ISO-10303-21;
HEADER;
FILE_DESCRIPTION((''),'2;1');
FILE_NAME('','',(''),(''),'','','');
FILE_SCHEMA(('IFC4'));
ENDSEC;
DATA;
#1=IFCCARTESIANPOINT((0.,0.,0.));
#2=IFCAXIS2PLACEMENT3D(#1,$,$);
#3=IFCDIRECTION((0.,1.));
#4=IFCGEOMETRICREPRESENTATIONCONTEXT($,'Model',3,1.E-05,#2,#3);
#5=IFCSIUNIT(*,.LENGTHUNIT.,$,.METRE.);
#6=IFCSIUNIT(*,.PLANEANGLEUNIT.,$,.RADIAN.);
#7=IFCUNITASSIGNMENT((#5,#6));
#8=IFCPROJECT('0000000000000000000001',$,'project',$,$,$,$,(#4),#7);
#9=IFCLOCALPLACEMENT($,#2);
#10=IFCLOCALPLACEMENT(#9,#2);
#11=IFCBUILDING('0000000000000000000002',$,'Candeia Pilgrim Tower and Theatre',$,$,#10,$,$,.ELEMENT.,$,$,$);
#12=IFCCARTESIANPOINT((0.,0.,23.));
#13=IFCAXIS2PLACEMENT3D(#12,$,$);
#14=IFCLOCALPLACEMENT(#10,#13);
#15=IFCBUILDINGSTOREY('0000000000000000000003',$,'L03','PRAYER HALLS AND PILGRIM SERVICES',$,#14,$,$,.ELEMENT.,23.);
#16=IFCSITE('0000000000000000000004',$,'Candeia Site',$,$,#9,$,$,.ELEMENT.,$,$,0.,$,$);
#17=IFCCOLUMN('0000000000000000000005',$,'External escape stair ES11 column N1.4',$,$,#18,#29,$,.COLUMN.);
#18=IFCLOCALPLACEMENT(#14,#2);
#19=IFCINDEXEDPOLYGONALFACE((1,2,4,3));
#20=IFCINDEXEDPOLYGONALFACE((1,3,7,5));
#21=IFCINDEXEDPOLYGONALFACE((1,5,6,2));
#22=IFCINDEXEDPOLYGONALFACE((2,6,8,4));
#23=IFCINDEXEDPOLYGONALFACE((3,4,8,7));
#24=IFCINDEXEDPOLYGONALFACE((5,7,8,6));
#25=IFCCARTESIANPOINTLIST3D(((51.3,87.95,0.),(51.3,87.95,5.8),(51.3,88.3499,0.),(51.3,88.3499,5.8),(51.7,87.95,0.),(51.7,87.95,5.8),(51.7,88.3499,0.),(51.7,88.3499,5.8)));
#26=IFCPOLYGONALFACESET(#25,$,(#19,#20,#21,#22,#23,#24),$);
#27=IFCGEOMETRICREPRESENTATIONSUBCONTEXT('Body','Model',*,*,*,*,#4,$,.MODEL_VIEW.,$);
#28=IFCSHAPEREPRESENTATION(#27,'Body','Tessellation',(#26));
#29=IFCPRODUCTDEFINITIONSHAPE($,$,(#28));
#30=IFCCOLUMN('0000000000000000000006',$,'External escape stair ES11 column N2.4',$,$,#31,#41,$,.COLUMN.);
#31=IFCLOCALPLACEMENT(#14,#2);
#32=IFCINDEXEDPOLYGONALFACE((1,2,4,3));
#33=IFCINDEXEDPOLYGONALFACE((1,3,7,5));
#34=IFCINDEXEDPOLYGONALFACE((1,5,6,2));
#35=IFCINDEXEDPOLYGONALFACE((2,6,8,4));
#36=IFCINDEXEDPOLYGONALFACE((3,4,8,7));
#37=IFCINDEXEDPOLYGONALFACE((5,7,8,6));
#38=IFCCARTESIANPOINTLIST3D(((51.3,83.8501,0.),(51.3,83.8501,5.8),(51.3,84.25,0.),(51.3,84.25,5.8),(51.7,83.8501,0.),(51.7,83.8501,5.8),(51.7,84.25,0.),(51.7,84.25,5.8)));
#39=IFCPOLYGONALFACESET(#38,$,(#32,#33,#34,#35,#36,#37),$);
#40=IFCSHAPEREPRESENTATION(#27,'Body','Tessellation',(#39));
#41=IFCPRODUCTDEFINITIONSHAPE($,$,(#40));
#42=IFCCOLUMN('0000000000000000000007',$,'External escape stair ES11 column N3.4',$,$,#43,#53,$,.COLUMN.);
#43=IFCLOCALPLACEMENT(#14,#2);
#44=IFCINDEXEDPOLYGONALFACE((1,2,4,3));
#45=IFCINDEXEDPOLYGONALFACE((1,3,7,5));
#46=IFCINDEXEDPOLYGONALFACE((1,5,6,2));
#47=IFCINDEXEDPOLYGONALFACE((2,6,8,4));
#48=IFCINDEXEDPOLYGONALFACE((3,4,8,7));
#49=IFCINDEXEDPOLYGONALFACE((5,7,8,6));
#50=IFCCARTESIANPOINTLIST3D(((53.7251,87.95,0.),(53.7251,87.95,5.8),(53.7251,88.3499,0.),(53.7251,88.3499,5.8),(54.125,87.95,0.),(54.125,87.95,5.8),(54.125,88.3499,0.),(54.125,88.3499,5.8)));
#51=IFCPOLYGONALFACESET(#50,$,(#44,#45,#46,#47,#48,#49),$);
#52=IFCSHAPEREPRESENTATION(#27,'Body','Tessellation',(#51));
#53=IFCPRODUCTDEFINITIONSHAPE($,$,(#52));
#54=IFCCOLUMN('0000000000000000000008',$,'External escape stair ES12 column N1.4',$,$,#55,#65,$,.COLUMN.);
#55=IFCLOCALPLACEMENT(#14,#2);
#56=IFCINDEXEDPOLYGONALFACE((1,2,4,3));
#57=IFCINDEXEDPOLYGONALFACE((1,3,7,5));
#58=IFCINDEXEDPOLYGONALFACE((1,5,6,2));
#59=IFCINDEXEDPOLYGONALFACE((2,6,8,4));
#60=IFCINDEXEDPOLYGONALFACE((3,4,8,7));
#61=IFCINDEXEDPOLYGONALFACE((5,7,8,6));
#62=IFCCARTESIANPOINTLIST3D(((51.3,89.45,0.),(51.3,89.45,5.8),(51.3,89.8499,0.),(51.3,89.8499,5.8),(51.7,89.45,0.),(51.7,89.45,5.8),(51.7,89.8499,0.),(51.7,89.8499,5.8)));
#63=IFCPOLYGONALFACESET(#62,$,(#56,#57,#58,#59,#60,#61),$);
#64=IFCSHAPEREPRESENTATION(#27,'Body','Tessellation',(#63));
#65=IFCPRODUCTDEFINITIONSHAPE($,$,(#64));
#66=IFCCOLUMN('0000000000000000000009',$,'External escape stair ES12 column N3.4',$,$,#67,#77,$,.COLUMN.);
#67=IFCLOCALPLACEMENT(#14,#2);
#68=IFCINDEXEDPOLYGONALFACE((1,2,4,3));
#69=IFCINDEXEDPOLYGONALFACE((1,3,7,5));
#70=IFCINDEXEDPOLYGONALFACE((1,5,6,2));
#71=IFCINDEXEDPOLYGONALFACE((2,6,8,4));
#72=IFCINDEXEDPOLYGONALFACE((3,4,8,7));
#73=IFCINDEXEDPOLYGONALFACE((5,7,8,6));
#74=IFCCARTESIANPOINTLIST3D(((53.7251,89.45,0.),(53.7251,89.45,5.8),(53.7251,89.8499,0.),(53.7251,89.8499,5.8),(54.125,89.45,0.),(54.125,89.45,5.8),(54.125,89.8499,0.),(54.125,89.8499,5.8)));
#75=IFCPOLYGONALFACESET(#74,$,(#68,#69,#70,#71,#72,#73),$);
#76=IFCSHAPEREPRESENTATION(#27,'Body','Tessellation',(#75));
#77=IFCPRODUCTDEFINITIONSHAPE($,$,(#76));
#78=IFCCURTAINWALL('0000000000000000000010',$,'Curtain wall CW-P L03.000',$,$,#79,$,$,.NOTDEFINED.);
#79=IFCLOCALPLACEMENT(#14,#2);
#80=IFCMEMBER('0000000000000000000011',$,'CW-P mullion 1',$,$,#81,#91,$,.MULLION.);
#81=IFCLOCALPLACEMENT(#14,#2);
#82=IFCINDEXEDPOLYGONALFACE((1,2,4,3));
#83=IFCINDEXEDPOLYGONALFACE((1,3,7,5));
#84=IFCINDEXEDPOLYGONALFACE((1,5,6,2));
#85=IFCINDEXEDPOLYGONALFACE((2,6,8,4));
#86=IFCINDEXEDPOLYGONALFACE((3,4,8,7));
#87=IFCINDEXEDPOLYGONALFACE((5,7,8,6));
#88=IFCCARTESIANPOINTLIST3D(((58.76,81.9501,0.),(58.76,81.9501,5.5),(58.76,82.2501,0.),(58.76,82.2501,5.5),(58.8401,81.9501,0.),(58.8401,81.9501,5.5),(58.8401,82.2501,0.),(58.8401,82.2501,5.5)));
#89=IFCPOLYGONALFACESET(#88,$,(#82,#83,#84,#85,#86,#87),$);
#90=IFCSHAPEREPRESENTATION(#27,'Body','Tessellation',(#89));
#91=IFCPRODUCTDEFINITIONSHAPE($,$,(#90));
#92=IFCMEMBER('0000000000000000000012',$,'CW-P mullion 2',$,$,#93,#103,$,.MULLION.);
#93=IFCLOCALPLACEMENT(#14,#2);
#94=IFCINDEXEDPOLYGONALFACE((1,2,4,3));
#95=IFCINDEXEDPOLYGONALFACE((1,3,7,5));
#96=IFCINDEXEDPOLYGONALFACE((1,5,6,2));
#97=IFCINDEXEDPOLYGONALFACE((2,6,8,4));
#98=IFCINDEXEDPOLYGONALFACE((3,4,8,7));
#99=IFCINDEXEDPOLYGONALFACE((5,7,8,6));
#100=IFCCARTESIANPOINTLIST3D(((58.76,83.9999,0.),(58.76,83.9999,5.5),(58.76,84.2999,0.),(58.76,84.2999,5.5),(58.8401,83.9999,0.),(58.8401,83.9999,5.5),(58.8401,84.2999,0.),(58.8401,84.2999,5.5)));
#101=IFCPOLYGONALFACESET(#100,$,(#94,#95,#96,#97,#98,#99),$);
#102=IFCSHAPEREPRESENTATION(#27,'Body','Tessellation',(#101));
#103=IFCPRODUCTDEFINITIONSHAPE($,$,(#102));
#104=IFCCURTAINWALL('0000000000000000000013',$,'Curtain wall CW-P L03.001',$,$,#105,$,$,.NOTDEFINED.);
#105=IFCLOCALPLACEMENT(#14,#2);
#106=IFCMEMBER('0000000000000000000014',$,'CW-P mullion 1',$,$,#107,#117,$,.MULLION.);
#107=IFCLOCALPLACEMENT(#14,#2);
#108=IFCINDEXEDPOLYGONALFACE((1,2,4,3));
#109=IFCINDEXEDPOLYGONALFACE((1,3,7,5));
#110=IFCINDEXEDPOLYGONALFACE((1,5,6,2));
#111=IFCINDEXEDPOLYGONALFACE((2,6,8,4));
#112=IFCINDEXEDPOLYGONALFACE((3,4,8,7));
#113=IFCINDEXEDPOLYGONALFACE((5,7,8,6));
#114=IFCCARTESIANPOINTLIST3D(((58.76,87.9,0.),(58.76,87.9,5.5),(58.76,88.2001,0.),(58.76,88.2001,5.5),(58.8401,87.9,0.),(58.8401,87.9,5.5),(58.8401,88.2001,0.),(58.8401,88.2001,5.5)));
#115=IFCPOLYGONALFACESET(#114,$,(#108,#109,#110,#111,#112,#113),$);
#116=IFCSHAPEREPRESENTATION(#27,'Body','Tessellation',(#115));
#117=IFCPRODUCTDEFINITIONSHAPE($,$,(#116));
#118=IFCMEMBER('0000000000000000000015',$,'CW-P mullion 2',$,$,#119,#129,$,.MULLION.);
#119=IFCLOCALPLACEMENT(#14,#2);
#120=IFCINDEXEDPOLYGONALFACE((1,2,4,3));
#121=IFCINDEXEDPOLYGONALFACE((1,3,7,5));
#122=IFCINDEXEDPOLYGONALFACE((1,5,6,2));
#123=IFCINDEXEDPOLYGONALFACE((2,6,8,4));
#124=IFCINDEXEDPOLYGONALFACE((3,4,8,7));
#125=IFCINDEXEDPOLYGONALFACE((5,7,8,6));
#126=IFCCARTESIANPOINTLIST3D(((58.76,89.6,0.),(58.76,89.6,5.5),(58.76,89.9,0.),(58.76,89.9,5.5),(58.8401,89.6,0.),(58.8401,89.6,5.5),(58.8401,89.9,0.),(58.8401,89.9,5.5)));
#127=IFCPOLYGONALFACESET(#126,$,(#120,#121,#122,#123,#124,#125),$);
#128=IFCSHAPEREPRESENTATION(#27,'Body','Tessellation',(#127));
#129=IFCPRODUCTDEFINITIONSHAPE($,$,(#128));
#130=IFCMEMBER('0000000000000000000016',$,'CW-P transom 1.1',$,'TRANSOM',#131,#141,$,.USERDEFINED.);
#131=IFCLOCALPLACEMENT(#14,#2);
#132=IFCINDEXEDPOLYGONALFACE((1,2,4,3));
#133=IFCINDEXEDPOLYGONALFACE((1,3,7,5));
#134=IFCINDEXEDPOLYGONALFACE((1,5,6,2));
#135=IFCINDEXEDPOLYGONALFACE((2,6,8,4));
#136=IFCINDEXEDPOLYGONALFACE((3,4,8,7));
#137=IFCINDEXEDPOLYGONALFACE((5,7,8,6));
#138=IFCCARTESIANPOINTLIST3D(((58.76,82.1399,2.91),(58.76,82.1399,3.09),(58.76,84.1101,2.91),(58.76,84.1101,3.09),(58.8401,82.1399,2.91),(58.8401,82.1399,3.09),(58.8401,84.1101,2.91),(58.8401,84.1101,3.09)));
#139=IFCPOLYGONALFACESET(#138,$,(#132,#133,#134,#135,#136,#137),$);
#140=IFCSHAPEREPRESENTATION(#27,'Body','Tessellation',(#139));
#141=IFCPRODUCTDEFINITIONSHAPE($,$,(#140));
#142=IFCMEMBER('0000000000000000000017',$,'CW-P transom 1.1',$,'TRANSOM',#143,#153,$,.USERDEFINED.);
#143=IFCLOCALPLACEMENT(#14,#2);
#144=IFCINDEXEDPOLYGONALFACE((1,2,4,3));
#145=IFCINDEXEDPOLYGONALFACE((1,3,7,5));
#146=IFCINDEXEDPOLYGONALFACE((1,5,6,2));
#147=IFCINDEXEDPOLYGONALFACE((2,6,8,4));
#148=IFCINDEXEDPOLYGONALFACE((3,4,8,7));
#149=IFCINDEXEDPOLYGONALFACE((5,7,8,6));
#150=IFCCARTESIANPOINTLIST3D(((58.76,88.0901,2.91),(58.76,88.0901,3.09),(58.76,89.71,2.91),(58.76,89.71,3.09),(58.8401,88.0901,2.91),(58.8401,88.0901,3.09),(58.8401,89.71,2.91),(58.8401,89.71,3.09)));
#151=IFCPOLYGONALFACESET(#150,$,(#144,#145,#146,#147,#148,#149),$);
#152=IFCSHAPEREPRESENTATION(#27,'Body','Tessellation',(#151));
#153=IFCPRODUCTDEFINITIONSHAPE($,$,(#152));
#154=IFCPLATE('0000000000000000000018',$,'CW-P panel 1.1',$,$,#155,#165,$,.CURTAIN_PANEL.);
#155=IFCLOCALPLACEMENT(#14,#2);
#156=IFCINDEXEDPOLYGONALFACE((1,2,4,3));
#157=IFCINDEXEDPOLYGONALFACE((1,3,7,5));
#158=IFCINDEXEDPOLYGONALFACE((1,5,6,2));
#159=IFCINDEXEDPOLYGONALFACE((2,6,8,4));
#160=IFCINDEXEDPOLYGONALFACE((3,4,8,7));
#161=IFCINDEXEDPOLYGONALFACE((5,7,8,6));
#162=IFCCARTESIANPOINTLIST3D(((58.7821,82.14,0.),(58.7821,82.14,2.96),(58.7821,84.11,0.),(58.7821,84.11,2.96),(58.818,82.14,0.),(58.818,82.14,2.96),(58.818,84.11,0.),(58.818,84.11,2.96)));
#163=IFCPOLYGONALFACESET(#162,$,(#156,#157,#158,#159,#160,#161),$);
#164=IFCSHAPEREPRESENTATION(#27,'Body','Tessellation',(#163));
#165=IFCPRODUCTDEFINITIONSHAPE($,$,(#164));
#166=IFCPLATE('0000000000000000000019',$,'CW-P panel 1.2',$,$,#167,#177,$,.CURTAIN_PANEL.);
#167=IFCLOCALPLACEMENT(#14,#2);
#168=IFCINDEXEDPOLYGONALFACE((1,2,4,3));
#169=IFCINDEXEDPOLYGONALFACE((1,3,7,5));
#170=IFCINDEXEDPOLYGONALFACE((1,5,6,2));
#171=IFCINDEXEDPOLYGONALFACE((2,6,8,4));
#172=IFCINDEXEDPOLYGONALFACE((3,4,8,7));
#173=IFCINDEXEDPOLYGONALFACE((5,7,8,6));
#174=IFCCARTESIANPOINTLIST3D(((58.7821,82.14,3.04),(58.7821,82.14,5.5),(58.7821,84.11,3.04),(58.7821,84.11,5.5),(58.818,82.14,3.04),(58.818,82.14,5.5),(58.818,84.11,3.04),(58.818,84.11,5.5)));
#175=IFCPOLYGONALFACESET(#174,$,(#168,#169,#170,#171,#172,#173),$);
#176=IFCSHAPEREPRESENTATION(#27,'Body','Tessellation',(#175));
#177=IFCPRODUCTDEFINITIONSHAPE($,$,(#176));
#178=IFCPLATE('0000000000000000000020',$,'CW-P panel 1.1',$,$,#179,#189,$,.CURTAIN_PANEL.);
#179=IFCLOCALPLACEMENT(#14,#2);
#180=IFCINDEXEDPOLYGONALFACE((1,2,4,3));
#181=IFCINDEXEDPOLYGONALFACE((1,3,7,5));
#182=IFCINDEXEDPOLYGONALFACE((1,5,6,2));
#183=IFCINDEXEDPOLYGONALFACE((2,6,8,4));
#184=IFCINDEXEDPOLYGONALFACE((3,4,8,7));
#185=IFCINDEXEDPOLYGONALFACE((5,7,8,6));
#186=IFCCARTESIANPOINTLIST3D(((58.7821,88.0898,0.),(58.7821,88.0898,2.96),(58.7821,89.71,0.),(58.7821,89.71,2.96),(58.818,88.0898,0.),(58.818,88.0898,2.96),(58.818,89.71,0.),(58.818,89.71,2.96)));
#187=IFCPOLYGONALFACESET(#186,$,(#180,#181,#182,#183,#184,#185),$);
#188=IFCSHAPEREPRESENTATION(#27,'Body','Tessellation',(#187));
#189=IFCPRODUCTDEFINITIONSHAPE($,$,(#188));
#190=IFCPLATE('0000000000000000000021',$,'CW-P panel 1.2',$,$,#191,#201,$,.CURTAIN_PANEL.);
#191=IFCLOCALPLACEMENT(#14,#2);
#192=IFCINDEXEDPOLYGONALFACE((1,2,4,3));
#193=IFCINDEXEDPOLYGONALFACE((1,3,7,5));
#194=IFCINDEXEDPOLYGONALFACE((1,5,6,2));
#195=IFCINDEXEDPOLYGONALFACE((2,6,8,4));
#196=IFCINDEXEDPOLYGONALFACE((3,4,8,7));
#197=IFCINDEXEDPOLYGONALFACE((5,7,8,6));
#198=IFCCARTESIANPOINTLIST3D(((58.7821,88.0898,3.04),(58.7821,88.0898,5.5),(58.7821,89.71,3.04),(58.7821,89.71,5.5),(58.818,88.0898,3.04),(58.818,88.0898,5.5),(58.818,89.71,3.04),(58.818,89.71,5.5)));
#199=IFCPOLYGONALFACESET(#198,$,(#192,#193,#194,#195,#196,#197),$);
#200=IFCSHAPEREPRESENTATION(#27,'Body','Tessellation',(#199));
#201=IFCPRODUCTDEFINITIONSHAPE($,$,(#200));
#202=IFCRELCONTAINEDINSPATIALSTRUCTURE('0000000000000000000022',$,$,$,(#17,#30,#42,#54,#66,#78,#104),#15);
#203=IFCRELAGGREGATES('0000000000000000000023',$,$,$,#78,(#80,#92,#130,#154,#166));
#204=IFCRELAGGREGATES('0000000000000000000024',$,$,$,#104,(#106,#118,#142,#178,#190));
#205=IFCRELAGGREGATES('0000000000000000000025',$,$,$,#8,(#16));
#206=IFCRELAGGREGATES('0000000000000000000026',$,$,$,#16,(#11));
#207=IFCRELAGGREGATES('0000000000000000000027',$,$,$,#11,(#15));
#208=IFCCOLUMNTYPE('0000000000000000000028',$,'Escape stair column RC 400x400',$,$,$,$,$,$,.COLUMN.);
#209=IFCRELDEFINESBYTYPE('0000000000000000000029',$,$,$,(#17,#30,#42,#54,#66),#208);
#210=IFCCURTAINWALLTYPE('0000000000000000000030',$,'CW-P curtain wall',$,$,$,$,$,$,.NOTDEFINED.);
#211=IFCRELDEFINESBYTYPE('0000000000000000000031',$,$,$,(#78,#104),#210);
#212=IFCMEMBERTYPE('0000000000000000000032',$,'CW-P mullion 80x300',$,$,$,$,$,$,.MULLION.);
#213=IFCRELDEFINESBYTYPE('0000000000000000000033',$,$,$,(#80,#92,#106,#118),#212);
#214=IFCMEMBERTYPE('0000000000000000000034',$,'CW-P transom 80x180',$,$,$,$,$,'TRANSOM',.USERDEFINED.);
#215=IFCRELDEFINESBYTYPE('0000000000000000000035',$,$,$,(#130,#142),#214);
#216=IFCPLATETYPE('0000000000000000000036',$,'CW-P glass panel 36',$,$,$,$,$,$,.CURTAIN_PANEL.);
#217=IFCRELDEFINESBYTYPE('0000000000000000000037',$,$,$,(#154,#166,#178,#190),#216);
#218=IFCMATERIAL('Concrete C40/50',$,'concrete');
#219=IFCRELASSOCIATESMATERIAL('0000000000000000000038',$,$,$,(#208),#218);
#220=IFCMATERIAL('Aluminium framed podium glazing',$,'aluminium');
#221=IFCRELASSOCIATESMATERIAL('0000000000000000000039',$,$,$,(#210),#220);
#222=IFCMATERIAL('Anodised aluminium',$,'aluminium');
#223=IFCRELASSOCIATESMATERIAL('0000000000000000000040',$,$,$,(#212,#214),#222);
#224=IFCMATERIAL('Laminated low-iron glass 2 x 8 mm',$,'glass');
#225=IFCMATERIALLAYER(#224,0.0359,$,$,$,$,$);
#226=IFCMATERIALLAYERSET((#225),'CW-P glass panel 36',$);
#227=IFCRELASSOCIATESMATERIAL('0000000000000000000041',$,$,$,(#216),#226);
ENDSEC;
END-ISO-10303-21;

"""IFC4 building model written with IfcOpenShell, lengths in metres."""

from ifc_helpers import new_model, si_unit, direction, frame, origin, origin_2d, place, context, subcontext, project, spatial, rectangle, extrude, material, layer, layer_set, material_profile, profile_set, type_object, element, aggregate, save


model = new_model("IFC4")

# Units and contexts
model_context = context("Model", 3, precision=1e-05, world=origin(), true_north=direction((0.0, 1.0)))
body_context = subcontext(model_context, "Body", "Model", "MODEL_VIEW")
ifc_project = project(units=[si_unit("LENGTHUNIT", "METRE"), si_unit("PLANEANGLEUNIT", "RADIAN")], contexts=[model_context])

# Site, building, storey
site_placement = place(None, origin())
site = spatial("IfcSite", under=ifc_project, at=site_placement, Name="Candeia Site", CompositionType="ELEMENT", RefElevation=0.0)
building_placement = place(site_placement, origin())
building = spatial("IfcBuilding", under=site, at=building_placement, Name="Candeia Pilgrim Tower and Theatre", CompositionType="ELEMENT")
storey_placement = place(building_placement, frame((0.0, 0.0, 23.0)))
storey = spatial("IfcBuildingStorey", under=building, at=storey_placement, Name="L03", Description="PRAYER HALLS AND PILGRIM SERVICES", CompositionType="ELEMENT", Elevation=23.0)

# Columns
ifc_material_1 = material(Name="Concrete C40/50", Category="concrete")
ifc_material_profile_1 = material_profile(ifc_material_1, rectangle(XDim=0.3999, YDim=0.3999, at=origin_2d()))
ifc_profile_set_1 = profile_set([ifc_material_profile_1], Name="Concrete C40/50")
column_type = type_object("IfcColumnType", Name="Escape stair column RC 400x400", PredefinedType="COLUMN", material=ifc_profile_set_1)
for number, where, z_axis, x_axis, name in (
    (1, (51.5, 88.1499, 0.0), (0.0, 0.0, 1.0), (1.0, 0.0, 0.0), "External escape stair ES11 column N1.4"),
    (2, (51.5, 84.05, 0.0), (0.0, 0.0, 1.0), (1.0, 0.0, 0.0), "External escape stair ES11 column N2.4"),
    (3, (53.925, 88.1499, 0.0), (0.0, 0.0, 1.0), (1.0, 0.0, 0.0), "External escape stair ES11 column N3.4"),
    (4, (51.5, 89.6499, 0.0), (0.0, 0.0, 1.0), (1.0, 0.0, 0.0), "External escape stair ES12 column N1.4"),
    (5, (53.925, 89.6499, 0.0), (0.0, 0.0, 1.0), (1.0, 0.0, 0.0), "External escape stair ES12 column N3.4"),
):
    element("IfcColumn", number, at=place(storey_placement, frame(where, z_axis=z_axis, x_axis=x_axis)), inside=storey, type_object=column_type, Name=name, PredefinedType="COLUMN", context=body_context, shape_type="SweptSolid", body=[
        extrude(rectangle(XDim=0.3999, YDim=0.3999, at=origin_2d()), origin(), (0.0, 0.0, 1.0), 5.8),
    ])

# Curtain walls, members
ifc_material_2 = material(Name="Aluminium framed podium glazing", Category="aluminium")
curtain_wall_type = type_object("IfcCurtainWallType", Name="CW-P curtain wall", PredefinedType="NOTDEFINED", material=ifc_material_2)
curtain_wall_1_placement = place(storey_placement, origin())
curtain_wall_1 = element("IfcCurtainWall", 6, at=curtain_wall_1_placement, inside=storey, type_object=curtain_wall_type, Name="Curtain wall CW-P L03.000", PredefinedType="NOTDEFINED")
ifc_material_3 = material(Name="Anodised aluminium", Category="aluminium")
ifc_material_profile_2 = material_profile(ifc_material_3, rectangle(XDim=0.0801, YDim=0.3, at=origin_2d()))
ifc_profile_set_2 = profile_set([ifc_material_profile_2], Name="Anodised aluminium")
member_type_1 = type_object("IfcMemberType", Name="CW-P mullion 80x300", PredefinedType="MULLION", material=ifc_profile_set_2)
member_1_placement = place(storey_placement, frame((58.8, 82.1001, 0.0), z_axis=(0.0, 0.0, 1.0), x_axis=(-1.0, 0.0, 0.0)))
member_1 = element("IfcMember", 7, at=member_1_placement, type_object=member_type_1, Name="CW-P mullion 1", PredefinedType="MULLION", context=body_context, shape_type="SweptSolid", body=[
    extrude(rectangle(XDim=0.0801, YDim=0.3, at=origin_2d()), origin(), (0.0, 0.0, 1.0), 5.5),
])
member_2_placement = place(storey_placement, frame((58.8, 84.1499, 0.0), z_axis=(0.0, 0.0, 1.0), x_axis=(-1.0, 0.0, 0.0)))
member_2 = element("IfcMember", 8, at=member_2_placement, type_object=member_type_1, Name="CW-P mullion 2", PredefinedType="MULLION", context=body_context, shape_type="SweptSolid", body=[
    extrude(rectangle(XDim=0.0801, YDim=0.3, at=origin_2d()), origin(), (0.0, 0.0, 1.0), 5.5),
])
curtain_wall_2_placement = place(storey_placement, origin())
curtain_wall_2 = element("IfcCurtainWall", 9, at=curtain_wall_2_placement, inside=storey, type_object=curtain_wall_type, Name="Curtain wall CW-P L03.001", PredefinedType="NOTDEFINED")
member_3_placement = place(storey_placement, frame((58.8, 88.05, 0.0), z_axis=(0.0, 0.0, 1.0), x_axis=(-1.0, 0.0, 0.0)))
member_3 = element("IfcMember", 10, at=member_3_placement, type_object=member_type_1, Name="CW-P mullion 1", PredefinedType="MULLION", context=body_context, shape_type="SweptSolid", body=[
    extrude(rectangle(XDim=0.0801, YDim=0.3, at=origin_2d()), origin(), (0.0, 0.0, 1.0), 5.5),
])
member_4_placement = place(storey_placement, frame((58.8, 89.75, 0.0), z_axis=(0.0, 0.0, 1.0), x_axis=(-1.0, 0.0, 0.0)))
member_4 = element("IfcMember", 11, at=member_4_placement, type_object=member_type_1, Name="CW-P mullion 2", PredefinedType="MULLION", context=body_context, shape_type="SweptSolid", body=[
    extrude(rectangle(XDim=0.0801, YDim=0.3, at=origin_2d()), origin(), (0.0, 0.0, 1.0), 5.5),
])

# Members
ifc_material_profile_3 = material_profile(ifc_material_3, rectangle(XDim=0.0801, YDim=0.1799, at=origin_2d()))
ifc_profile_set_3 = profile_set([ifc_material_profile_3], Name="Anodised aluminium")
member_type_2 = type_object("IfcMemberType", Name="CW-P transom 80x180", ElementType="TRANSOM", PredefinedType="USERDEFINED", material=ifc_profile_set_3)
member_5_placement = place(storey_placement, frame((58.8, 82.1399, 3.0), z_axis=(0.0, 1.0, 0.0), x_axis=(-1.0, 0.0, 0.0)))
member_5 = element("IfcMember", 12, at=member_5_placement, type_object=member_type_2, Name="CW-P transom 1.1", ObjectType="TRANSOM", PredefinedType="USERDEFINED", context=body_context, shape_type="SweptSolid", body=[
    extrude(rectangle(XDim=0.0801, YDim=0.1799, at=origin_2d()), origin(), (0.0, 0.0, 1.0), 1.9702),
])
member_6_placement = place(storey_placement, frame((58.8, 88.0901, 3.0), z_axis=(0.0, 1.0, 0.0), x_axis=(-1.0, 0.0, 0.0)))
member_6 = element("IfcMember", 13, at=member_6_placement, type_object=member_type_2, Name="CW-P transom 1.1", ObjectType="TRANSOM", PredefinedType="USERDEFINED", context=body_context, shape_type="SweptSolid", body=[
    extrude(rectangle(XDim=0.0801, YDim=0.1799, at=origin_2d()), origin(), (0.0, 0.0, 1.0), 1.6199),
])

# Plates
ifc_material_4 = material(Name="Laminated low-iron glass 2 x 8 mm", Category="glass")
ifc_layer_1 = layer(ifc_material_4, 0.0359)
ifc_layer_set_1 = layer_set([ifc_layer_1], Name="CW-P glass panel 36")
plate_type = type_object("IfcPlateType", Name="CW-P glass panel 36", PredefinedType="CURTAIN_PANEL", material=ifc_layer_set_1)
plate_1_placement = place(storey_placement, frame((58.8, 83.125, 0.0), z_axis=(0.0, 0.0, 1.0), x_axis=(0.0, 1.0, 0.0)))
plate_1 = element("IfcPlate", 14, at=plate_1_placement, type_object=plate_type, Name="CW-P panel 1.1", PredefinedType="CURTAIN_PANEL", context=body_context, shape_type="SweptSolid", body=[
    extrude(rectangle(XDim=1.97, YDim=0.0359, at=origin_2d()), origin(), (0.0, 0.0, 1.0), 2.96),
])
plate_2_placement = place(storey_placement, frame((58.8, 83.125, 3.04), z_axis=(0.0, 0.0, 1.0), x_axis=(0.0, 1.0, 0.0)))
plate_2 = element("IfcPlate", 15, at=plate_2_placement, type_object=plate_type, Name="CW-P panel 1.2", PredefinedType="CURTAIN_PANEL", context=body_context, shape_type="SweptSolid", body=[
    extrude(rectangle(XDim=1.97, YDim=0.0359, at=origin_2d()), origin(), (0.0, 0.0, 1.0), 2.46),
])
aggregate(curtain_wall_1, [member_1, member_2, member_5, plate_1, plate_2])
plate_3_placement = place(storey_placement, frame((58.8, 88.8999, 0.0), z_axis=(0.0, 0.0, 1.0), x_axis=(0.0, 1.0, 0.0)))
plate_3 = element("IfcPlate", 16, at=plate_3_placement, type_object=plate_type, Name="CW-P panel 1.1", PredefinedType="CURTAIN_PANEL", context=body_context, shape_type="SweptSolid", body=[
    extrude(rectangle(XDim=1.6201, YDim=0.0359, at=origin_2d()), origin(), (0.0, 0.0, 1.0), 2.96),
])
plate_4_placement = place(storey_placement, frame((58.8, 88.8999, 3.04), z_axis=(0.0, 0.0, 1.0), x_axis=(0.0, 1.0, 0.0)))
plate_4 = element("IfcPlate", 17, at=plate_4_placement, type_object=plate_type, Name="CW-P panel 1.2", PredefinedType="CURTAIN_PANEL", context=body_context, shape_type="SweptSolid", body=[
    extrude(rectangle(XDim=1.6201, YDim=0.0359, at=origin_2d()), origin(), (0.0, 0.0, 1.0), 2.46),
])
aggregate(curtain_wall_2, [member_3, member_4, member_6, plate_3, plate_4])

save(model, "model.ifc")
